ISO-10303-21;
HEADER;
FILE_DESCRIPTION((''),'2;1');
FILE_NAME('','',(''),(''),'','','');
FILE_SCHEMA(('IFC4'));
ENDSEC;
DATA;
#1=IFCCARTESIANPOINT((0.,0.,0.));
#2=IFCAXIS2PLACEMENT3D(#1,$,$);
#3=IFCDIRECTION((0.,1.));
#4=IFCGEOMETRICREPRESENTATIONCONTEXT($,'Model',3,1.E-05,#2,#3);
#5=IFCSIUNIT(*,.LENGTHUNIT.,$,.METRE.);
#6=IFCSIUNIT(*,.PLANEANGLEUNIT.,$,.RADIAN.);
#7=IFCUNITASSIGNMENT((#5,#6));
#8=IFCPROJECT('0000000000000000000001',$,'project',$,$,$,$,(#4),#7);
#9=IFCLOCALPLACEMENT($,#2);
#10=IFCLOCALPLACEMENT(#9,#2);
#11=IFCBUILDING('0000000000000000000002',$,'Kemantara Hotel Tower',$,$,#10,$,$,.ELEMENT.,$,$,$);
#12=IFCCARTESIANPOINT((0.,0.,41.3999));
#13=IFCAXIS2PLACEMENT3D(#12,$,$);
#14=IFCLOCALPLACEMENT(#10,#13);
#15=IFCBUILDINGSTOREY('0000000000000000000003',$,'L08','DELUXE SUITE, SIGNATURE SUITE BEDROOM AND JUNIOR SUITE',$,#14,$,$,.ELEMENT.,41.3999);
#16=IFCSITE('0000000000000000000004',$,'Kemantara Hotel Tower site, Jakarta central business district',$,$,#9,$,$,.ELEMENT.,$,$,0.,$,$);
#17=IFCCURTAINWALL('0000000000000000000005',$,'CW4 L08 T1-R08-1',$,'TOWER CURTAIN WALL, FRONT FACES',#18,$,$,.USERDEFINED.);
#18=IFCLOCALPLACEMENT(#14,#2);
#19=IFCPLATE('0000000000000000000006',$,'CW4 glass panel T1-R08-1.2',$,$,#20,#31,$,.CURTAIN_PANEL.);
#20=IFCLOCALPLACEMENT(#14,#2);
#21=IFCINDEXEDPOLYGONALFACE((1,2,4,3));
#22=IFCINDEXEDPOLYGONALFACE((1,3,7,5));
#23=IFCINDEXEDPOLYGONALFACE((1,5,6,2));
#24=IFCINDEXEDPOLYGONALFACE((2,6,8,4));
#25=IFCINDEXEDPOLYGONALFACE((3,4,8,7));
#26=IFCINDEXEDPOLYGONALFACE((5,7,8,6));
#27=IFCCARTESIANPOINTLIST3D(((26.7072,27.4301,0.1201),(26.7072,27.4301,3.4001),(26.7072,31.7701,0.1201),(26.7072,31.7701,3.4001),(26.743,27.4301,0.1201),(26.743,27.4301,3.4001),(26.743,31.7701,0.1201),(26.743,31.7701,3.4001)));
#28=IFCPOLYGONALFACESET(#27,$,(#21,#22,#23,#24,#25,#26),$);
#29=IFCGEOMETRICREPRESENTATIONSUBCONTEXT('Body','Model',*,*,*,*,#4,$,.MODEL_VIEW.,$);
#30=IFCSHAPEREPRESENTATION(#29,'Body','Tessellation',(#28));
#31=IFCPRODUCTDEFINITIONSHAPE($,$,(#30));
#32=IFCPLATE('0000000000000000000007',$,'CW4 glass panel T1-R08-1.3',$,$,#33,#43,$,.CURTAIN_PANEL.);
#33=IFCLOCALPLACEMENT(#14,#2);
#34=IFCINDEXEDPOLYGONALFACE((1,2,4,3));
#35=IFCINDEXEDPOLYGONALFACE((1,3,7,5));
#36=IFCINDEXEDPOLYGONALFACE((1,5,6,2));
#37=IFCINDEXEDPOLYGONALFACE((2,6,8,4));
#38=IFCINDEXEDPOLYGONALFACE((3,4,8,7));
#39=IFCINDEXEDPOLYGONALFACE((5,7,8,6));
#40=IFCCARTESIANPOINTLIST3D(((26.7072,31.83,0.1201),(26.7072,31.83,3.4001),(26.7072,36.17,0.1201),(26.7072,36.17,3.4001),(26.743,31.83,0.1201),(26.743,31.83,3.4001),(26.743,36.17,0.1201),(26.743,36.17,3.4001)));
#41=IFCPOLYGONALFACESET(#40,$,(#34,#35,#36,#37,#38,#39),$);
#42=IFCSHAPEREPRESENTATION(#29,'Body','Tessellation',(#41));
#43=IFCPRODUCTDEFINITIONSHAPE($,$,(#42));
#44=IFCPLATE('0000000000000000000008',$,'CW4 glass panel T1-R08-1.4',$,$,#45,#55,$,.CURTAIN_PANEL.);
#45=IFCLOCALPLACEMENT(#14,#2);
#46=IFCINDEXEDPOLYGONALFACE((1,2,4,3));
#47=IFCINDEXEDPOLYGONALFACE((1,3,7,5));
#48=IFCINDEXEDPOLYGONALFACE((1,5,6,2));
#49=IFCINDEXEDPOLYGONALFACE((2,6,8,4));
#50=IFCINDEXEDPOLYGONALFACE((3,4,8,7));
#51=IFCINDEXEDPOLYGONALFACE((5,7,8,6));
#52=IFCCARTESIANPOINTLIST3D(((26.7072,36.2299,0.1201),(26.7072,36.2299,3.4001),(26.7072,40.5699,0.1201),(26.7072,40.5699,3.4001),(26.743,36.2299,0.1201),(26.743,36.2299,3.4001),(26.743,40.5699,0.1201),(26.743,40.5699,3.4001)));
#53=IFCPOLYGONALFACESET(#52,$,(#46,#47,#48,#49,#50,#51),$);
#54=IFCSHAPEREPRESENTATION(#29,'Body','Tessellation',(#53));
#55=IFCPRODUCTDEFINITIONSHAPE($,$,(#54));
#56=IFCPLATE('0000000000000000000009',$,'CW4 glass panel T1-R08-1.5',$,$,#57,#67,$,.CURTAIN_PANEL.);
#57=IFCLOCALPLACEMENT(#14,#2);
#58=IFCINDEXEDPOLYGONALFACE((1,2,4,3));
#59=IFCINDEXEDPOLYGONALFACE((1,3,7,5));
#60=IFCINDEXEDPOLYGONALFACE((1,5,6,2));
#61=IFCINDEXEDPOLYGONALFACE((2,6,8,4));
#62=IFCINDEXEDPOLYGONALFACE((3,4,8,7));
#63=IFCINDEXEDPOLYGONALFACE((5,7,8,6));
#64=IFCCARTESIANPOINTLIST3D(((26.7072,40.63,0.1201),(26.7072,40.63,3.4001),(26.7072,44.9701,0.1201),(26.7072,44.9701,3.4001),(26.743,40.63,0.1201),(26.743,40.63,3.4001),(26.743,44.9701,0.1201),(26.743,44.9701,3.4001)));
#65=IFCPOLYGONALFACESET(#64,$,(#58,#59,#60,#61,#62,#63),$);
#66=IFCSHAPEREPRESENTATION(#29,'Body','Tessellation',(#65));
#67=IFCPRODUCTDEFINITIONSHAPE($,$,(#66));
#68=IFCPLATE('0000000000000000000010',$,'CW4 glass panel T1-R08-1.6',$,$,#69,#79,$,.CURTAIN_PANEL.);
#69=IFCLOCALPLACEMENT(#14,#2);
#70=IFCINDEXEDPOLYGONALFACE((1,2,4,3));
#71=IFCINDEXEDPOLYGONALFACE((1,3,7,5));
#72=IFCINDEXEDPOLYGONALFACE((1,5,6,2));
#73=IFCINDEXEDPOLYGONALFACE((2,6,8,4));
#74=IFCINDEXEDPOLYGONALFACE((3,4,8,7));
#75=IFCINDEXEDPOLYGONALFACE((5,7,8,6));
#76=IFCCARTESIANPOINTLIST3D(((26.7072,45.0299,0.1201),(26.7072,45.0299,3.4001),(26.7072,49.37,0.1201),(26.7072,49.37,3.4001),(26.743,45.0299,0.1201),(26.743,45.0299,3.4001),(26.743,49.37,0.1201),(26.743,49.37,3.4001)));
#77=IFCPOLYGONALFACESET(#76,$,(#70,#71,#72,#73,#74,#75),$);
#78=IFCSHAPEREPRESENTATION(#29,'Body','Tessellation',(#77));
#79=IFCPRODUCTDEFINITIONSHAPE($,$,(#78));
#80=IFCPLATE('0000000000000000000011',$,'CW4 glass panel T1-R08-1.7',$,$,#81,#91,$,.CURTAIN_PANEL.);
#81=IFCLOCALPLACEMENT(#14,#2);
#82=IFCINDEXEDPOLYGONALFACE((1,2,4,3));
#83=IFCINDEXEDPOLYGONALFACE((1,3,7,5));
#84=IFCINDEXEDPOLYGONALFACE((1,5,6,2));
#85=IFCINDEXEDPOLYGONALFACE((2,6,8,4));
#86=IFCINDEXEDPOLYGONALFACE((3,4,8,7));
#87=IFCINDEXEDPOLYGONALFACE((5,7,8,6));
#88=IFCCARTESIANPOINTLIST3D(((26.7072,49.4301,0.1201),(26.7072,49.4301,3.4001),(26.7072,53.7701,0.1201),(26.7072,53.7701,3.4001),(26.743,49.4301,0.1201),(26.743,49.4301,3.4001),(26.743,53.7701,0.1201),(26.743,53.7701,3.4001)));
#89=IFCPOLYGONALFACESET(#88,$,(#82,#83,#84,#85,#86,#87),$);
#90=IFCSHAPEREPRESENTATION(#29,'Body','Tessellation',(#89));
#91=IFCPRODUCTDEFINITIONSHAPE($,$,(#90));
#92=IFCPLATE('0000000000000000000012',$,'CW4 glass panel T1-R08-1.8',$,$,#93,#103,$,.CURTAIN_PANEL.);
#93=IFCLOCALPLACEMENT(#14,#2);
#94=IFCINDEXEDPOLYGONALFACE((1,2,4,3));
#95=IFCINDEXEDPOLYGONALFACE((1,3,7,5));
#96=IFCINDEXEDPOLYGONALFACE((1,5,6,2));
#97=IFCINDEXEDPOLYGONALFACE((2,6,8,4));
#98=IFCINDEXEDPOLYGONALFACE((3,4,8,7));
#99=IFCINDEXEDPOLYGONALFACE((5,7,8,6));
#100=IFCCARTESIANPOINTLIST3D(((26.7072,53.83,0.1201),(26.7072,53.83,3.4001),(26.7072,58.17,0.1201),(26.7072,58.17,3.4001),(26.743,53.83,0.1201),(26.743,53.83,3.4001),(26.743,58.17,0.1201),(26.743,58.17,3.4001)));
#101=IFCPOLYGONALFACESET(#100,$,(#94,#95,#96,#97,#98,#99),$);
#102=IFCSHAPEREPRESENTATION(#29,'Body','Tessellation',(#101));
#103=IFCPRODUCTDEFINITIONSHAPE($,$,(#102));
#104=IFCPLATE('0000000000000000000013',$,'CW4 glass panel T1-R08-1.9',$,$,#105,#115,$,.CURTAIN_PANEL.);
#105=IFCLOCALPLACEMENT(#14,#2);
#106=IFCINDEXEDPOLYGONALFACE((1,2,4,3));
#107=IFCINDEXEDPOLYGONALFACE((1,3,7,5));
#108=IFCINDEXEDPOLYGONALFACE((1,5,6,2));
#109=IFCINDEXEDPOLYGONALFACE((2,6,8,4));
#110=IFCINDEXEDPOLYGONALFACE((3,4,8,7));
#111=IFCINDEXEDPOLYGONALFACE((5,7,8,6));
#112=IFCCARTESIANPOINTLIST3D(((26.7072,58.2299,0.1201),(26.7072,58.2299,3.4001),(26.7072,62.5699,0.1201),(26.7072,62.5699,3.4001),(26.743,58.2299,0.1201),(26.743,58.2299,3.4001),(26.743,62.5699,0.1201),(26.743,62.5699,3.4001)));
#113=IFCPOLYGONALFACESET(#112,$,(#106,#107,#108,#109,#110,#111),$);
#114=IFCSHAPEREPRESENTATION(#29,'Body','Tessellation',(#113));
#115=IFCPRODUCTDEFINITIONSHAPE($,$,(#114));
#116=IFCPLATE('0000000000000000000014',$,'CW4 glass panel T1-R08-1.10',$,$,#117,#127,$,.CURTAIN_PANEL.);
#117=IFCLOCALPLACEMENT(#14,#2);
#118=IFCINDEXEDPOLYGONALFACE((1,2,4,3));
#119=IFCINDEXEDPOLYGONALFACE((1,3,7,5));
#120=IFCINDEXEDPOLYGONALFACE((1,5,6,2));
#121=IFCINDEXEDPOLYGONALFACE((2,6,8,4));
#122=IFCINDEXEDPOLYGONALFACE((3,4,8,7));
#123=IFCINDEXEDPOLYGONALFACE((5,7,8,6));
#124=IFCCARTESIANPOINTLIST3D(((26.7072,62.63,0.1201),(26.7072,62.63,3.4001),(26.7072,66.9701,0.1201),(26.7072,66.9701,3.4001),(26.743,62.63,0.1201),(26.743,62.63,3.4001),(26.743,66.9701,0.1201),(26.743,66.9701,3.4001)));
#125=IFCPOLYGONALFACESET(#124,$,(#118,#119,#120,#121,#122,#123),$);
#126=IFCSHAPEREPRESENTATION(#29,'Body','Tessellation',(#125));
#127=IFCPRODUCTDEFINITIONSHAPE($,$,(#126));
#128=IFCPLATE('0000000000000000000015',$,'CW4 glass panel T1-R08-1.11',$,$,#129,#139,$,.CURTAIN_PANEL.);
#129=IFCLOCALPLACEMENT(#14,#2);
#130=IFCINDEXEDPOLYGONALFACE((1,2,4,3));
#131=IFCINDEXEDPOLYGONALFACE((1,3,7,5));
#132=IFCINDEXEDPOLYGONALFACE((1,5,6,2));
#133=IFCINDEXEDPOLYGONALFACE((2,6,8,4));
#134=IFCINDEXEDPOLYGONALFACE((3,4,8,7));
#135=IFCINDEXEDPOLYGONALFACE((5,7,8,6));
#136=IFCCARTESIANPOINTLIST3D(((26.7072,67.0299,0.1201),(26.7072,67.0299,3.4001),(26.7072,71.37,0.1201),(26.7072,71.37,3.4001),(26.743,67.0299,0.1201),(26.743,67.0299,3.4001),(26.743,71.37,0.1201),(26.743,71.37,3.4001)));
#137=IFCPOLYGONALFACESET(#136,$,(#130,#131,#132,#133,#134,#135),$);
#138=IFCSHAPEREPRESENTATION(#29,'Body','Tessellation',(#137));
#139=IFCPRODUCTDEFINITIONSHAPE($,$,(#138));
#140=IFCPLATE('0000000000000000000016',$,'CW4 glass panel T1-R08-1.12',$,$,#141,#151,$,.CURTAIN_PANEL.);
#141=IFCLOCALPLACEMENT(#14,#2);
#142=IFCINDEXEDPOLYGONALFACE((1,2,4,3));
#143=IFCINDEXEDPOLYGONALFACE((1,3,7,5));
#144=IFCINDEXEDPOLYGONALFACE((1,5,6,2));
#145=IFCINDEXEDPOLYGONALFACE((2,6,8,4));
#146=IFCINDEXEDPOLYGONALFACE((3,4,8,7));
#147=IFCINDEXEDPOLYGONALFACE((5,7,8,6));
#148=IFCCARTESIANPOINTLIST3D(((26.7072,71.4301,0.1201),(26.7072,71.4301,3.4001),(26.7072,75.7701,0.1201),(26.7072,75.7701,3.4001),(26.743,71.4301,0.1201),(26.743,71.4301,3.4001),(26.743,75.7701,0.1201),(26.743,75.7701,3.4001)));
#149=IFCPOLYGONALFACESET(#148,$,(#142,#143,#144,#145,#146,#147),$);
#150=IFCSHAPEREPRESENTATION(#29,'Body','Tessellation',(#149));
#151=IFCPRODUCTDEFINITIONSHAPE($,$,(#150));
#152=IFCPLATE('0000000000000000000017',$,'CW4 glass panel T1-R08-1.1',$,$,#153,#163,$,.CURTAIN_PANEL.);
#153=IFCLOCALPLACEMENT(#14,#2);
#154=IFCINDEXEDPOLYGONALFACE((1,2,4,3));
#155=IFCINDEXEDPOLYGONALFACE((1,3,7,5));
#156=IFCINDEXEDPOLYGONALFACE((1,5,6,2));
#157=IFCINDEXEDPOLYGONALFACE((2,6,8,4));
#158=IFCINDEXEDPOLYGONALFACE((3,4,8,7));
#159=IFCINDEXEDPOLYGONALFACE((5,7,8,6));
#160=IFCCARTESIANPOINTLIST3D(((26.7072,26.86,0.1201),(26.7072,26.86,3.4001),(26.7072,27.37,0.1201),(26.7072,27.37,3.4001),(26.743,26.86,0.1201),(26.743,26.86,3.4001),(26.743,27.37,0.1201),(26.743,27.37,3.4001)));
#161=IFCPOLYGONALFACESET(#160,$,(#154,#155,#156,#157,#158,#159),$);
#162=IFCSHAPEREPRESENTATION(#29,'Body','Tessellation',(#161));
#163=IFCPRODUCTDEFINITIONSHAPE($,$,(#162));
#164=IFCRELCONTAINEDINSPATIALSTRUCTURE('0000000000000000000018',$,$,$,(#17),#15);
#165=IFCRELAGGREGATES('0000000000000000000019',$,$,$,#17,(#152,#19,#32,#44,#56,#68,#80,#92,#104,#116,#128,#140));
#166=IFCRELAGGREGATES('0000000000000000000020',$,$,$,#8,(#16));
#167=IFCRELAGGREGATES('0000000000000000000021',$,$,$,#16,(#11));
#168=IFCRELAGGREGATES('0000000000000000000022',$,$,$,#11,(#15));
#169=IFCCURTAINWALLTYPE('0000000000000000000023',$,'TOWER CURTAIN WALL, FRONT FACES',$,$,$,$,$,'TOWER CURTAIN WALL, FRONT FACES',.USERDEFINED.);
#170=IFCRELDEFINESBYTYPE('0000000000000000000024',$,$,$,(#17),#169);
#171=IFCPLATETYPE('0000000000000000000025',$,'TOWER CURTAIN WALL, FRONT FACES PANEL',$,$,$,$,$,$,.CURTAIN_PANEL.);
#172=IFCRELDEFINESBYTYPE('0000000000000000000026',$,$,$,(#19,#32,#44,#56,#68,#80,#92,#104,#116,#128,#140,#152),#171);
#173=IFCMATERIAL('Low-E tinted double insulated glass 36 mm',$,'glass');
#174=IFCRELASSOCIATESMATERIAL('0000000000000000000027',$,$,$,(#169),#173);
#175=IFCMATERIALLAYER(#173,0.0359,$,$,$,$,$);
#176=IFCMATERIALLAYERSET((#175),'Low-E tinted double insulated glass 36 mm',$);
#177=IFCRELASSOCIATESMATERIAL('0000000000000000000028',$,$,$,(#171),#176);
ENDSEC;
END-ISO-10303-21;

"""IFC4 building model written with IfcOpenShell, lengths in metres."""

from ifc_helpers import new_model, si_unit, direction, frame, origin, origin_2d, place, context, subcontext, project, spatial, rectangle, extrude, source, transform, mapped, material, layer, layer_set, type_object, element, aggregate, save


model = new_model("IFC4")

# Units and contexts
model_context = context("Model", 3, precision=1e-05, world=origin(), true_north=direction((0.0, 1.0)))
body_context = subcontext(model_context, "Body", "Model", "MODEL_VIEW")
ifc_project = project(units=[si_unit("LENGTHUNIT", "METRE"), si_unit("PLANEANGLEUNIT", "RADIAN")], contexts=[model_context])

# Site, building, storey
site_placement = place(None, origin())
site = spatial("IfcSite", under=ifc_project, at=site_placement, Name="Kemantara Hotel Tower site, Jakarta central business district", CompositionType="ELEMENT", RefElevation=0.0)
building_placement = place(site_placement, origin())
building = spatial("IfcBuilding", under=site, at=building_placement, Name="Kemantara Hotel Tower", CompositionType="ELEMENT")
storey_placement = place(building_placement, frame((0.0, 0.0, 41.3999)))
storey = spatial("IfcBuildingStorey", under=building, at=storey_placement, Name="L08", Description="DELUXE SUITE, SIGNATURE SUITE BEDROOM AND JUNIOR SUITE", CompositionType="ELEMENT", Elevation=41.3999)

# Curtain wall
ifc_material_1 = material(Name="Low-E tinted double insulated glass 36 mm", Category="glass")
curtain_wall_type = type_object("IfcCurtainWallType", Name="TOWER CURTAIN WALL, FRONT FACES", ElementType="TOWER CURTAIN WALL, FRONT FACES", PredefinedType="USERDEFINED", material=ifc_material_1)
curtain_wall_1_placement = place(storey_placement, origin())
curtain_wall_1 = element("IfcCurtainWall", 1, at=curtain_wall_1_placement, inside=storey, type_object=curtain_wall_type, Name="CW4 L08 T1-R08-1", ObjectType="TOWER CURTAIN WALL, FRONT FACES", PredefinedType="USERDEFINED")

# Plates
ifc_layer = layer(ifc_material_1, 0.0359)
ifc_layer_set = layer_set([ifc_layer], Name="Low-E tinted double insulated glass 36 mm")
plate_type = type_object("IfcPlateType", Name="TOWER CURTAIN WALL, FRONT FACES PANEL", PredefinedType="CURTAIN_PANEL", material=ifc_layer_set)
shared_shape_1 = source(origin(), body_context, "Body", "SweptSolid", [
    extrude(rectangle(XDim=4.3401, YDim=0.0359, at=origin_2d()), origin(), (0.0, 0.0, 1.0), 3.28),
])
plate_1_placement = place(storey_placement, frame((26.7251, 29.6001, 0.1201), z_axis=(0.0, 0.0, 1.0), x_axis=(0.0, 1.0, 0.0)))
plate_1 = element("IfcPlate", 2, at=plate_1_placement, type_object=plate_type, Name="CW4 glass panel T1-R08-1.2", PredefinedType="CURTAIN_PANEL", context=body_context, shape_type="MappedRepresentation", body=[
    mapped(shared_shape_1, transform((0.0, 0.0, 0.0))),
])
plate_2_placement = place(storey_placement, frame((26.7251, 34.0, 0.1201), z_axis=(0.0, 0.0, 1.0), x_axis=(0.0, 1.0, 0.0)))
plate_2 = element("IfcPlate", 3, at=plate_2_placement, type_object=plate_type, Name="CW4 glass panel T1-R08-1.3", PredefinedType="CURTAIN_PANEL", context=body_context, shape_type="MappedRepresentation", body=[
    mapped(shared_shape_1, transform((0.0, 0.0, 0.0))),
])
plate_3_placement = place(storey_placement, frame((26.7251, 38.3999, 0.1201), z_axis=(0.0, 0.0, 1.0), x_axis=(0.0, 1.0, 0.0)))
plate_3 = element("IfcPlate", 4, at=plate_3_placement, type_object=plate_type, Name="CW4 glass panel T1-R08-1.4", PredefinedType="CURTAIN_PANEL", context=body_context, shape_type="MappedRepresentation", body=[
    mapped(shared_shape_1, transform((0.0, 0.0, 0.0))),
])
plate_4_placement = place(storey_placement, frame((26.7251, 42.8, 0.1201), z_axis=(0.0, 0.0, 1.0), x_axis=(0.0, 1.0, 0.0)))
plate_4 = element("IfcPlate", 5, at=plate_4_placement, type_object=plate_type, Name="CW4 glass panel T1-R08-1.5", PredefinedType="CURTAIN_PANEL", context=body_context, shape_type="MappedRepresentation", body=[
    mapped(shared_shape_1, transform((0.0, 0.0, 0.0))),
])
plate_5_placement = place(storey_placement, frame((26.7251, 47.2, 0.1201), z_axis=(0.0, 0.0, 1.0), x_axis=(0.0, 1.0, 0.0)))
plate_5 = element("IfcPlate", 6, at=plate_5_placement, type_object=plate_type, Name="CW4 glass panel T1-R08-1.6", PredefinedType="CURTAIN_PANEL", context=body_context, shape_type="MappedRepresentation", body=[
    mapped(shared_shape_1, transform((0.0, 0.0, 0.0))),
])
plate_6_placement = place(storey_placement, frame((26.7251, 51.6001, 0.1201), z_axis=(0.0, 0.0, 1.0), x_axis=(0.0, 1.0, 0.0)))
plate_6 = element("IfcPlate", 7, at=plate_6_placement, type_object=plate_type, Name="CW4 glass panel T1-R08-1.7", PredefinedType="CURTAIN_PANEL", context=body_context, shape_type="MappedRepresentation", body=[
    mapped(shared_shape_1, transform((0.0, 0.0, 0.0))),
])
plate_7_placement = place(storey_placement, frame((26.7251, 56.0, 0.1201), z_axis=(0.0, 0.0, 1.0), x_axis=(0.0, 1.0, 0.0)))
plate_7 = element("IfcPlate", 8, at=plate_7_placement, type_object=plate_type, Name="CW4 glass panel T1-R08-1.8", PredefinedType="CURTAIN_PANEL", context=body_context, shape_type="MappedRepresentation", body=[
    mapped(shared_shape_1, transform((0.0, 0.0, 0.0))),
])
plate_8_placement = place(storey_placement, frame((26.7251, 60.3999, 0.1201), z_axis=(0.0, 0.0, 1.0), x_axis=(0.0, 1.0, 0.0)))
plate_8 = element("IfcPlate", 9, at=plate_8_placement, type_object=plate_type, Name="CW4 glass panel T1-R08-1.9", PredefinedType="CURTAIN_PANEL", context=body_context, shape_type="MappedRepresentation", body=[
    mapped(shared_shape_1, transform((0.0, 0.0, 0.0))),
])
plate_9_placement = place(storey_placement, frame((26.7251, 64.8, 0.1201), z_axis=(0.0, 0.0, 1.0), x_axis=(0.0, 1.0, 0.0)))
plate_9 = element("IfcPlate", 10, at=plate_9_placement, type_object=plate_type, Name="CW4 glass panel T1-R08-1.10", PredefinedType="CURTAIN_PANEL", context=body_context, shape_type="MappedRepresentation", body=[
    mapped(shared_shape_1, transform((0.0, 0.0, 0.0))),
])
plate_10_placement = place(storey_placement, frame((26.7251, 69.2, 0.1201), z_axis=(0.0, 0.0, 1.0), x_axis=(0.0, 1.0, 0.0)))
plate_10 = element("IfcPlate", 11, at=plate_10_placement, type_object=plate_type, Name="CW4 glass panel T1-R08-1.11", PredefinedType="CURTAIN_PANEL", context=body_context, shape_type="MappedRepresentation", body=[
    mapped(shared_shape_1, transform((0.0, 0.0, 0.0))),
])
plate_11_placement = place(storey_placement, frame((26.7251, 73.6001, 0.1201), z_axis=(0.0, 0.0, 1.0), x_axis=(0.0, 1.0, 0.0)))
plate_11 = element("IfcPlate", 12, at=plate_11_placement, type_object=plate_type, Name="CW4 glass panel T1-R08-1.12", PredefinedType="CURTAIN_PANEL", context=body_context, shape_type="MappedRepresentation", body=[
    mapped(shared_shape_1, transform((0.0, 0.0, 0.0))),
])
shared_shape_2 = source(origin(), body_context, "Body", "SweptSolid", [
    extrude(rectangle(XDim=0.51, YDim=0.0359, at=origin_2d()), origin(), (0.0, 0.0, 1.0), 3.28),
])
plate_12_placement = place(storey_placement, frame((26.7251, 27.115, 0.1201), z_axis=(0.0, 0.0, 1.0), x_axis=(0.0, 1.0, 0.0)))
plate_12 = element("IfcPlate", 13, at=plate_12_placement, type_object=plate_type, Name="CW4 glass panel T1-R08-1.1", PredefinedType="CURTAIN_PANEL", context=body_context, shape_type="MappedRepresentation", body=[
    mapped(shared_shape_2, transform((0.0, 0.0, 0.0))),
])
aggregate(curtain_wall_1, [plate_12, plate_1, plate_2, plate_3, plate_4, plate_5, plate_6, plate_7, plate_8, plate_9, plate_10, plate_11])

save(model, "model.ifc")
